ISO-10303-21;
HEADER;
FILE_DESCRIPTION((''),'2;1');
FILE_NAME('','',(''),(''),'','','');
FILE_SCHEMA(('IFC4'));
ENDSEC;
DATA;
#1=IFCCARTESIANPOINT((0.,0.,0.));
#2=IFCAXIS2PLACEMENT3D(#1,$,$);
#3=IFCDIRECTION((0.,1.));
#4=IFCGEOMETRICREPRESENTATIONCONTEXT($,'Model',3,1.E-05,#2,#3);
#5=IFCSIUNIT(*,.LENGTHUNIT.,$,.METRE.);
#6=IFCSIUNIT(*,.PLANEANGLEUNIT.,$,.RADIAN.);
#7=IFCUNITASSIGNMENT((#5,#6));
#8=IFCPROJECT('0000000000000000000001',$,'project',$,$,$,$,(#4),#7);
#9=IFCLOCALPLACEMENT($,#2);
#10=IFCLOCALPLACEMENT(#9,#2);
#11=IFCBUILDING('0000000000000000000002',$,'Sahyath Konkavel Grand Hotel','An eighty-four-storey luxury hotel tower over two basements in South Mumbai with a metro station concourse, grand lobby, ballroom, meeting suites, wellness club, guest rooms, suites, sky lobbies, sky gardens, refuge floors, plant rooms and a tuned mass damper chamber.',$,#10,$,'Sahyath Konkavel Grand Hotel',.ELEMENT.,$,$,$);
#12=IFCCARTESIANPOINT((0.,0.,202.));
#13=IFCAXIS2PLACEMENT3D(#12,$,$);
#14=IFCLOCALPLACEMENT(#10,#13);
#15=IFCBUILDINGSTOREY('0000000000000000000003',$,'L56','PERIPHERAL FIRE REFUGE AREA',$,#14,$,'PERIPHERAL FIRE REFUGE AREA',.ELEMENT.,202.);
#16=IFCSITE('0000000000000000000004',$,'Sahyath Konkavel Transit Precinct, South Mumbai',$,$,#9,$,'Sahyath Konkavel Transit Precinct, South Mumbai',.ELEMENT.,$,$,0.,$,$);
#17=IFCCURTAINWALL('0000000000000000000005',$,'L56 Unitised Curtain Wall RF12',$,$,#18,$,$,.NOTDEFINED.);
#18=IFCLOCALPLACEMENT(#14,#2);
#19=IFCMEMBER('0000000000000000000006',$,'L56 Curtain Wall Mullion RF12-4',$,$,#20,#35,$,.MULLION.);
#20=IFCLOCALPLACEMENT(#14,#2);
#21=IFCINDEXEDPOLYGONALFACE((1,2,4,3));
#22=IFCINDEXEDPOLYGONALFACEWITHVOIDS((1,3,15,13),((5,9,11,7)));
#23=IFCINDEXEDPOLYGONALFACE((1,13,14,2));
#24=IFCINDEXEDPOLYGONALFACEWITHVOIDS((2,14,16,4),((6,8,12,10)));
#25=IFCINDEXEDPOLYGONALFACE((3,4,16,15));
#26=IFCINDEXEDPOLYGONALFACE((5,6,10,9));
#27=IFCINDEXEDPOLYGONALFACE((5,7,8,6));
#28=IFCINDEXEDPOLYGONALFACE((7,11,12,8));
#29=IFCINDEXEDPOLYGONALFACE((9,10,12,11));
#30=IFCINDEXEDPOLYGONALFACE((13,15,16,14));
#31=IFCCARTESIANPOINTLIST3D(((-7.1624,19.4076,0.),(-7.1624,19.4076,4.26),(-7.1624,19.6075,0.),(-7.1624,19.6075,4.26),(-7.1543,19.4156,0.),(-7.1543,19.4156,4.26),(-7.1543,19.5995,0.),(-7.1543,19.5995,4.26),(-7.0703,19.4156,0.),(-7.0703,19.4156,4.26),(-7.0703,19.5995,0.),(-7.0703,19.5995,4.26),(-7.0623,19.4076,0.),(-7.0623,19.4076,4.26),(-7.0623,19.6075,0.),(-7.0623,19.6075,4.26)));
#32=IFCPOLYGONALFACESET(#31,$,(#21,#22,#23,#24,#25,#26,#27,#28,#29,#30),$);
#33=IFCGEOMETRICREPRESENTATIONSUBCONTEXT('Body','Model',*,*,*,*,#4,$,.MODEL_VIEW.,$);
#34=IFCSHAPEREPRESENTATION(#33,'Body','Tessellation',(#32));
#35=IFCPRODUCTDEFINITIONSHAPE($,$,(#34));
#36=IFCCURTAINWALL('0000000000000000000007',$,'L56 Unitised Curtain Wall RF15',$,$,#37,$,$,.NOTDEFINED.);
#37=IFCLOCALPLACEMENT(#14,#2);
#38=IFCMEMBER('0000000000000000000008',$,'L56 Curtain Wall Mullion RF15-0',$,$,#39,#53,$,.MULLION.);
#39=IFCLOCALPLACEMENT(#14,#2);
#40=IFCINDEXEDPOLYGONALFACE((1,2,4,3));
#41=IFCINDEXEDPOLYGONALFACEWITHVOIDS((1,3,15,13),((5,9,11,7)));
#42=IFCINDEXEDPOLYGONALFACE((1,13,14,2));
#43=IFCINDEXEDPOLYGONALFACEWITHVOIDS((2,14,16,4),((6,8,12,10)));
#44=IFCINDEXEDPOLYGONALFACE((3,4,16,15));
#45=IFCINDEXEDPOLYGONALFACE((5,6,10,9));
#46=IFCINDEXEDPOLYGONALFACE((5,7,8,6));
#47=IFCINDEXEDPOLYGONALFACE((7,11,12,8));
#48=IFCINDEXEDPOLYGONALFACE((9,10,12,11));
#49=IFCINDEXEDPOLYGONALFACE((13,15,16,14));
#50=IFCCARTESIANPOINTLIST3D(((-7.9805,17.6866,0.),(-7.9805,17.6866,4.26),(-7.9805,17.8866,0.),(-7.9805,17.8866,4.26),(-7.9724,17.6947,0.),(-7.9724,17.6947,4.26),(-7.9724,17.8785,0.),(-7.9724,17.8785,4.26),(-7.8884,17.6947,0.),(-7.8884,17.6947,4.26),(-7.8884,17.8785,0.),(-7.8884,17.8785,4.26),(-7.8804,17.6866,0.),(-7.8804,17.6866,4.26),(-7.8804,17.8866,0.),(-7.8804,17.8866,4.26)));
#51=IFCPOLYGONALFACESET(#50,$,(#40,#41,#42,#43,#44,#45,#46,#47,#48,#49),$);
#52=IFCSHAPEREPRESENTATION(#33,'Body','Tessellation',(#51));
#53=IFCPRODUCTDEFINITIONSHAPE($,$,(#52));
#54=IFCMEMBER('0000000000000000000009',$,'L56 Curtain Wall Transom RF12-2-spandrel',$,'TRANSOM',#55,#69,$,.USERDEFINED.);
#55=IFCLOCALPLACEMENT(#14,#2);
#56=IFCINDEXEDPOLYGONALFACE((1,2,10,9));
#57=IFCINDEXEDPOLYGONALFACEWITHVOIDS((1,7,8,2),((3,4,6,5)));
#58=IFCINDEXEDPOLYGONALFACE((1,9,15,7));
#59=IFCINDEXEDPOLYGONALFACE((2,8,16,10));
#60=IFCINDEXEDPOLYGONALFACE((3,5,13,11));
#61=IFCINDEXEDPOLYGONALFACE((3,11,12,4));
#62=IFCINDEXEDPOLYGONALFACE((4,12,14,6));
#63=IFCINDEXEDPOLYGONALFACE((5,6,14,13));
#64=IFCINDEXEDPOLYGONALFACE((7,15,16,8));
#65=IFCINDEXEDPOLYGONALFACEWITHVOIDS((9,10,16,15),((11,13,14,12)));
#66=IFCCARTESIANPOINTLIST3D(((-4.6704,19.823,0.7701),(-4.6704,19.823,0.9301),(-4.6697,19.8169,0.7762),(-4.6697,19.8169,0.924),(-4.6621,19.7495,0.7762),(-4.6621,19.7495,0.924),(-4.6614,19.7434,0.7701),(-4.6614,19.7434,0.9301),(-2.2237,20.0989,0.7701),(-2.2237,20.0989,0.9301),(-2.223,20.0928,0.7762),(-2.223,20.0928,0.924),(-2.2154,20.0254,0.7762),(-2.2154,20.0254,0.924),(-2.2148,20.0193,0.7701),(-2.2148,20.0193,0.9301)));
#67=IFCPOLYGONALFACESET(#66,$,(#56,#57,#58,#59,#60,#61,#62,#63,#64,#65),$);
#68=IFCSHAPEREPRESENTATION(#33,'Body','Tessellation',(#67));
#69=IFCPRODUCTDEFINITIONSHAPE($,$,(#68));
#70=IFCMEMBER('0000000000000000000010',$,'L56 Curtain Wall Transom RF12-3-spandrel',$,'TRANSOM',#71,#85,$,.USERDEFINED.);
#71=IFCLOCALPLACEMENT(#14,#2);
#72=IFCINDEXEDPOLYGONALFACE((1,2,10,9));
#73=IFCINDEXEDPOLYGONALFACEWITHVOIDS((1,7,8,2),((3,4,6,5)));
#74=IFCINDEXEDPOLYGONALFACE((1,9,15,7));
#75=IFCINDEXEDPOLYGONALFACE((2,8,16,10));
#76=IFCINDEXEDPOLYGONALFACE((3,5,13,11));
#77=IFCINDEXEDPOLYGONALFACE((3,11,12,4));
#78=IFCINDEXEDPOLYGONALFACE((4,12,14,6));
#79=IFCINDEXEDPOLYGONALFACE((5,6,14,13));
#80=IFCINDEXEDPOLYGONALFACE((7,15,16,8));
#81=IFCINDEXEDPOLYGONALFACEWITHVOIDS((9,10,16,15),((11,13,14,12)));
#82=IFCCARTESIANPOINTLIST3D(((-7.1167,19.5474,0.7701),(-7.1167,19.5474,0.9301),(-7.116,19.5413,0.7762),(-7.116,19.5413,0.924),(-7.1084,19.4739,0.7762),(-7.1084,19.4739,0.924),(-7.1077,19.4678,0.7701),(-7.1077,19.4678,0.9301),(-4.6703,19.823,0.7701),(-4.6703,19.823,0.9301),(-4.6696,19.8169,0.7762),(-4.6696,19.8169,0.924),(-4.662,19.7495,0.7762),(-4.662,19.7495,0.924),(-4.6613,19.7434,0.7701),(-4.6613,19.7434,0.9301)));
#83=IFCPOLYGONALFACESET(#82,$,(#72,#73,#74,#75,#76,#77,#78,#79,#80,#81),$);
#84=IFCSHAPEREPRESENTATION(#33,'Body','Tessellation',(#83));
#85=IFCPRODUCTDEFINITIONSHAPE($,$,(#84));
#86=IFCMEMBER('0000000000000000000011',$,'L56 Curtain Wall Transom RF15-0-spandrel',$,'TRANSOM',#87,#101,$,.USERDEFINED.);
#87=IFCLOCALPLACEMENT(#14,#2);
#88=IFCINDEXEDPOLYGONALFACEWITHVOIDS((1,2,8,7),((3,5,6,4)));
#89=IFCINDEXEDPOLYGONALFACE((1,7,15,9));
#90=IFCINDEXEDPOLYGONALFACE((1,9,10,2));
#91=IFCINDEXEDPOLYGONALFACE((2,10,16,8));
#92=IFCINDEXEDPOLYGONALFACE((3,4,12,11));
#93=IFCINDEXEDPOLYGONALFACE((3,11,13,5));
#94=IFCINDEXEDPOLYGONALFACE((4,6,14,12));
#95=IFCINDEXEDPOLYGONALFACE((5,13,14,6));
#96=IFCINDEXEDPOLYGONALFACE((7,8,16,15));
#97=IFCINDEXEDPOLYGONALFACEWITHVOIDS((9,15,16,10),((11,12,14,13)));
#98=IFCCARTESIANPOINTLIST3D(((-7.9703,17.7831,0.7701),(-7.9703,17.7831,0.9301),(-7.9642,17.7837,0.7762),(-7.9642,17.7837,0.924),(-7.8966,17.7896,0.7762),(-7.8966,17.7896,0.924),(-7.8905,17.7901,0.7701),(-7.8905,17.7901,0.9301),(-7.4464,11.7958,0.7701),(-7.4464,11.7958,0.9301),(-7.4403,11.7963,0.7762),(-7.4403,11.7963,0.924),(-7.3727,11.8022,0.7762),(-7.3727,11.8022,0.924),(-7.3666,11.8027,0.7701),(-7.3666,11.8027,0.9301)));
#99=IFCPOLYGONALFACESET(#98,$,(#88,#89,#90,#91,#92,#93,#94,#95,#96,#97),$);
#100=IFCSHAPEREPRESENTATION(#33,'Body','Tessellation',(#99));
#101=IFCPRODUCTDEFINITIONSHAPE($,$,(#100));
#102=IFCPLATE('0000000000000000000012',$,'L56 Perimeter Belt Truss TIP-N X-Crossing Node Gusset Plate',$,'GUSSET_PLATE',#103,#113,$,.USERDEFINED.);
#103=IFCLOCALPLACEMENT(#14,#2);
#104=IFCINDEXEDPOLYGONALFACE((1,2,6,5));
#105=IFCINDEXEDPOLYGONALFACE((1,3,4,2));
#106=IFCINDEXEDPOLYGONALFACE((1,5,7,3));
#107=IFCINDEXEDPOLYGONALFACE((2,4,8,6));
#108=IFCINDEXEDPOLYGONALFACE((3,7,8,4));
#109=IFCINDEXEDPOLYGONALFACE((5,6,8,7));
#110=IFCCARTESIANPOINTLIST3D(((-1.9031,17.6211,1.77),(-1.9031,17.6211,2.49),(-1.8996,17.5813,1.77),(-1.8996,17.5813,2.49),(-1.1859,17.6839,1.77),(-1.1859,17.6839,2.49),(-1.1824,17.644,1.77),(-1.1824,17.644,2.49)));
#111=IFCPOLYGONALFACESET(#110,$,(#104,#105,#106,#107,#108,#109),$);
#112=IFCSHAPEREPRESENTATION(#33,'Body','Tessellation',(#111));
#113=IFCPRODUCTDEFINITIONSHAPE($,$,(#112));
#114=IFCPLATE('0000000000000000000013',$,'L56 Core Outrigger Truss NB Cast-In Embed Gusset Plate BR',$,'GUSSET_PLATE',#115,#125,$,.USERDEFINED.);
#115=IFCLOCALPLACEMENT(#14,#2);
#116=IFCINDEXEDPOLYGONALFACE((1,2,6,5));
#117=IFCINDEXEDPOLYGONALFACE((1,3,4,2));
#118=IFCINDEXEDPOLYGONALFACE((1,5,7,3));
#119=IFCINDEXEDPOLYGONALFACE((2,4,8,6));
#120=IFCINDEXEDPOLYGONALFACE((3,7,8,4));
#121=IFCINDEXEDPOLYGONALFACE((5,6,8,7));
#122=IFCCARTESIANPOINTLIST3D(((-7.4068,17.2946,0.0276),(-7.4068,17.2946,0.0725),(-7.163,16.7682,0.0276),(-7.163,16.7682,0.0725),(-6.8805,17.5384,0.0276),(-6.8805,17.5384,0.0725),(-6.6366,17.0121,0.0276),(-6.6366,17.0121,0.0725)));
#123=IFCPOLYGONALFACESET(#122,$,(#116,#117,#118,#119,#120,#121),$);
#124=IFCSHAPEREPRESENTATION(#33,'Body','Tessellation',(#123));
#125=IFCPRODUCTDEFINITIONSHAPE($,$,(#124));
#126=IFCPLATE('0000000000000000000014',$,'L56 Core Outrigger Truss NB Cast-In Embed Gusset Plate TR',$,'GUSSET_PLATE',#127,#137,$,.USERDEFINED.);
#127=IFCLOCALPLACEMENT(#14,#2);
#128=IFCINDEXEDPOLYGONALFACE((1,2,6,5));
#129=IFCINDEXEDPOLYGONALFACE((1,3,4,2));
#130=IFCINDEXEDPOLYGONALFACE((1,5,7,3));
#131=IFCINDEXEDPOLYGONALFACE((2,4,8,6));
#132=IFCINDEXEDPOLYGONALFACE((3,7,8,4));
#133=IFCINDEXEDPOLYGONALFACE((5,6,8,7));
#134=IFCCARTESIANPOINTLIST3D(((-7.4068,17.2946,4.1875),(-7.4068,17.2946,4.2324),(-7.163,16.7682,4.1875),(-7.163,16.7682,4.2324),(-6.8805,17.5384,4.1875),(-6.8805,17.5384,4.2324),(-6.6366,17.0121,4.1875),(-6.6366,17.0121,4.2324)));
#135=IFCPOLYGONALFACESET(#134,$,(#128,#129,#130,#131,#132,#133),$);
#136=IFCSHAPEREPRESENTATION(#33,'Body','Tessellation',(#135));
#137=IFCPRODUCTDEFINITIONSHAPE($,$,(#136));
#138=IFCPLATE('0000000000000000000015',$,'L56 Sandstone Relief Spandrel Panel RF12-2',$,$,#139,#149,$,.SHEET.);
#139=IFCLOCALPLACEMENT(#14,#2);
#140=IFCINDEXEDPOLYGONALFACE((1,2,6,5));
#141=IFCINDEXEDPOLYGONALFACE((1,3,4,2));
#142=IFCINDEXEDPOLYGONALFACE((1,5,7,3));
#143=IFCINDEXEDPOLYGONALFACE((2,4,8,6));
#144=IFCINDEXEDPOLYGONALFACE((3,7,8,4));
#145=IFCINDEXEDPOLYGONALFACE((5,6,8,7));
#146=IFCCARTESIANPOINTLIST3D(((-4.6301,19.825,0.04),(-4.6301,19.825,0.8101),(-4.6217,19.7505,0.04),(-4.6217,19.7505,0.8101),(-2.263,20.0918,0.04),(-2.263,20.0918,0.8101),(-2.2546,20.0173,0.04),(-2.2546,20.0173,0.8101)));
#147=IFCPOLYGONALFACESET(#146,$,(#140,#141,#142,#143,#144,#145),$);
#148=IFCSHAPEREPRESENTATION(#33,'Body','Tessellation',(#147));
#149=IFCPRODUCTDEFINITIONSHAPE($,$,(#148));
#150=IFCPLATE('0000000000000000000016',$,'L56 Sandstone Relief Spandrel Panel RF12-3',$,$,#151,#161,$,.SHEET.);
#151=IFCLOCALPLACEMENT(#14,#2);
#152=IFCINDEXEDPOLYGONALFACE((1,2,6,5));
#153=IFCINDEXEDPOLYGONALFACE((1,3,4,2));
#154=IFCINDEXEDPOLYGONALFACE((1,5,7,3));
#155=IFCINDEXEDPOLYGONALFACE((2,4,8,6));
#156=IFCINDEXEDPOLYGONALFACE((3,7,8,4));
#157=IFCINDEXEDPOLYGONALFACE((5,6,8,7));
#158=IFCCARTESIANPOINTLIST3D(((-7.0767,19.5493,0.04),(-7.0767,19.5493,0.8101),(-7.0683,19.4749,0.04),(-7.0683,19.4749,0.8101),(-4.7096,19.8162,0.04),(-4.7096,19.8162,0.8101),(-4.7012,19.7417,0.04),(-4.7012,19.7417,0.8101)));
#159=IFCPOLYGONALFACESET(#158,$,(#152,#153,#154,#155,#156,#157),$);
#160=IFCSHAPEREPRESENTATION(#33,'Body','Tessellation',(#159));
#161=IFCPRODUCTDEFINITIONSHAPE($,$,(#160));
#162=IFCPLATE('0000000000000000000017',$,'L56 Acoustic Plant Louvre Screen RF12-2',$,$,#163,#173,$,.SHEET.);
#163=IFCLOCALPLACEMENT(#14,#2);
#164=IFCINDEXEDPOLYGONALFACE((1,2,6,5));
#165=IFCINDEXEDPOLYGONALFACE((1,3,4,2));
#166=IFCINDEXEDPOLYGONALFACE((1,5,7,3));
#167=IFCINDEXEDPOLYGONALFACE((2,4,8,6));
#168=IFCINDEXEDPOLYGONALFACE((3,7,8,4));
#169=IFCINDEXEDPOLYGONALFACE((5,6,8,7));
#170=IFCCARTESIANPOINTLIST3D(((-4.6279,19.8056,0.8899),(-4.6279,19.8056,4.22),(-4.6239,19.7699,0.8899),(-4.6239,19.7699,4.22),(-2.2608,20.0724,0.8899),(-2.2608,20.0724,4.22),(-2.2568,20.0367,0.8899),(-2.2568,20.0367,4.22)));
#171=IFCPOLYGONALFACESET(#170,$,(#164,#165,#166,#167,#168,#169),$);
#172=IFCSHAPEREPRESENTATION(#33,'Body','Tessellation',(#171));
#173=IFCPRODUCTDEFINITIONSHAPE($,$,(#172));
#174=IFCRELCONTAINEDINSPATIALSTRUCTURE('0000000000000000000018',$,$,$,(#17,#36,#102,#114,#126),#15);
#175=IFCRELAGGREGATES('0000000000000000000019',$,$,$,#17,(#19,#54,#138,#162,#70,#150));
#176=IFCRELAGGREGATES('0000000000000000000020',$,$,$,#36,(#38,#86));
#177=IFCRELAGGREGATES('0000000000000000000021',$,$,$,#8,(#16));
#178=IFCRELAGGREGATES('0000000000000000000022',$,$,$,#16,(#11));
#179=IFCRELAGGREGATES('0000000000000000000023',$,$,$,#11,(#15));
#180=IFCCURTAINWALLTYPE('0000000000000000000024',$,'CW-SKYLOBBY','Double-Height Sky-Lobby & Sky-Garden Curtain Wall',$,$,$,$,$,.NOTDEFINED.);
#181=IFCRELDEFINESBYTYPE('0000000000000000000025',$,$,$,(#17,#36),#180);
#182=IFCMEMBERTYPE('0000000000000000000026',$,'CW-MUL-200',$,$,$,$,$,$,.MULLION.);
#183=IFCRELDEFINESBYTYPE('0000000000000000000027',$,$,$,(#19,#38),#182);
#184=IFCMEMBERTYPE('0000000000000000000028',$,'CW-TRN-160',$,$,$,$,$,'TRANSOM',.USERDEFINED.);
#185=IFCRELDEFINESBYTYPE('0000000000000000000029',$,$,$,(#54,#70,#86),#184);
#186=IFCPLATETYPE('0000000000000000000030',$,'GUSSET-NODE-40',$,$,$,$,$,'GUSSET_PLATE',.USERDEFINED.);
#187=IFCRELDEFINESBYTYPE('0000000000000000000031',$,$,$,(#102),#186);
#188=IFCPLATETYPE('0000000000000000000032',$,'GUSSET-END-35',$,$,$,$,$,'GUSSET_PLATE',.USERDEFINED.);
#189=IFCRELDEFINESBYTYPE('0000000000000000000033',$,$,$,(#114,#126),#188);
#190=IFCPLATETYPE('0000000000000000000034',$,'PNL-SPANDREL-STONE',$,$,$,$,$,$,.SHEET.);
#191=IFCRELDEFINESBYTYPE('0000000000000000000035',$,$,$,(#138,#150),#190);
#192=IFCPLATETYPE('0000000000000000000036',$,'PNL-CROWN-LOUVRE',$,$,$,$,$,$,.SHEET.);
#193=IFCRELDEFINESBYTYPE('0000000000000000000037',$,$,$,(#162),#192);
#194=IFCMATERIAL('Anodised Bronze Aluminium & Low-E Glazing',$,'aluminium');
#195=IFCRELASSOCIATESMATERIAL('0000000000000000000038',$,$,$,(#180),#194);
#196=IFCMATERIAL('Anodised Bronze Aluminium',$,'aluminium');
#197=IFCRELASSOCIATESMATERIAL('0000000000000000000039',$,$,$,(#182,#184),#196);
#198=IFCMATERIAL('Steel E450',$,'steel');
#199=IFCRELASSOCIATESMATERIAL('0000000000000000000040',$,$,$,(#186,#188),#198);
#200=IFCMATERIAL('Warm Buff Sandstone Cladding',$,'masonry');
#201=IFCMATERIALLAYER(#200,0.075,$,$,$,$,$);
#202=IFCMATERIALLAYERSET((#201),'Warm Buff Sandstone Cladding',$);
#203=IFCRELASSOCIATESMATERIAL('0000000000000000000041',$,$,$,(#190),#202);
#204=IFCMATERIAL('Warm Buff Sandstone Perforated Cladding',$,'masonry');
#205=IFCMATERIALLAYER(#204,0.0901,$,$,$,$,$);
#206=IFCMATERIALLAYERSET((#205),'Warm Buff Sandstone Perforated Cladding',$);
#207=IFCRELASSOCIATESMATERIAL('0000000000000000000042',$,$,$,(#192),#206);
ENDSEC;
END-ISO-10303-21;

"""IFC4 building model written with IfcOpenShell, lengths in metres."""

from ifc_helpers import new_model, si_unit, direction, frame, origin, origin_2d, place, context, subcontext, project, spatial, rectangle, hollow_rectangle, extrude, source, transform, mapped, material, layer, layer_set, material_profile, profile_set, type_object, element, aggregate, save


model = new_model("IFC4")

# Units and contexts
model_context = context("Model", 3, precision=1e-05, world=origin(), true_north=direction((0.0, 1.0)))
body_context = subcontext(model_context, "Body", "Model", "MODEL_VIEW")
ifc_project = project(units=[si_unit("LENGTHUNIT", "METRE"), si_unit("PLANEANGLEUNIT", "RADIAN")], contexts=[model_context])

# Site, building, storey
site_placement = place(None, origin())
site = spatial("IfcSite", under=ifc_project, at=site_placement, Name="Sahyath Konkavel Transit Precinct, South Mumbai", LongName="Sahyath Konkavel Transit Precinct, South Mumbai", CompositionType="ELEMENT", RefElevation=0.0)
building_placement = place(site_placement, origin())
building = spatial("IfcBuilding", under=site, at=building_placement, Name="Sahyath Konkavel Grand Hotel", Description="An eighty-four-storey luxury hotel tower over two basements in South Mumbai with a metro station concourse, grand lobby, ballroom, meeting suites, wellness club, guest rooms, suites, sky lobbies, sky gardens, refuge floors, plant rooms and a tuned mass damper chamber.", LongName="Sahyath Konkavel Grand Hotel", CompositionType="ELEMENT")
storey_placement = place(building_placement, frame((0.0, 0.0, 202.0)))
storey = spatial("IfcBuildingStorey", under=building, at=storey_placement, Name="L56", Description="PERIPHERAL FIRE REFUGE AREA", LongName="PERIPHERAL FIRE REFUGE AREA", CompositionType="ELEMENT", Elevation=202.0)

# Shared definitions
ifc_material_1 = material(Name="Steel E450", Category="steel")

# Curtain wall, member
ifc_material_2 = material(Name="Anodised Bronze Aluminium & Low-E Glazing", Category="aluminium")
curtain_wall_type = type_object("IfcCurtainWallType", Name="CW-SKYLOBBY", Description="Double-Height Sky-Lobby & Sky-Garden Curtain Wall", PredefinedType="NOTDEFINED", material=ifc_material_2)
curtain_wall_1_placement = place(storey_placement, origin())
curtain_wall_1 = element("IfcCurtainWall", 1, at=curtain_wall_1_placement, inside=storey, type_object=curtain_wall_type, Name="L56 Unitised Curtain Wall RF12", PredefinedType="NOTDEFINED")
ifc_material_3 = material(Name="Anodised Bronze Aluminium", Category="aluminium")
ifc_material_profile_1 = material_profile(ifc_material_3, hollow_rectangle(XDim=0.1001, YDim=0.2, WallThickness=0.0081, at=origin_2d()), Name="RHS 200x100x8")
ifc_profile_set_1 = profile_set([ifc_material_profile_1], Name="Anodised Bronze Aluminium")
member_type_1 = type_object("IfcMemberType", Name="CW-MUL-200", PredefinedType="MULLION", material=ifc_profile_set_1)
shared_shape_1 = source(origin(), body_context, "Body", "SweptSolid", [
    extrude(hollow_rectangle(XDim=0.1001, YDim=0.2, WallThickness=0.0081, at=origin_2d()), origin(), (0.0, 0.0, 1.0), 4.26),
])
member_1_placement = place(storey_placement, frame((-7.1123, 19.5076, 0.0), z_axis=(0.0, 0.0, 1.0), x_axis=(1.0, 0.0, 0.0)))
member_1 = element("IfcMember", 2, at=member_1_placement, type_object=member_type_1, Name="L56 Curtain Wall Mullion RF12-4", PredefinedType="MULLION", context=body_context, shape_type="MappedRepresentation", body=[
    mapped(shared_shape_1, transform((0.0, 0.0, 0.0), scale=1.0)),
])

# Curtain wall, member
curtain_wall_2_placement = place(storey_placement, origin())
curtain_wall_2 = element("IfcCurtainWall", 3, at=curtain_wall_2_placement, inside=storey, type_object=curtain_wall_type, Name="L56 Unitised Curtain Wall RF15", PredefinedType="NOTDEFINED")
member_2_placement = place(storey_placement, frame((-7.9304, 17.7866, 0.0), z_axis=(0.0, 0.0, 1.0), x_axis=(1.0, 0.0, 0.0)))
member_2 = element("IfcMember", 4, at=member_2_placement, type_object=member_type_1, Name="L56 Curtain Wall Mullion RF15-0", PredefinedType="MULLION", context=body_context, shape_type="MappedRepresentation", body=[
    mapped(shared_shape_1, transform((0.0, 0.0, 0.0), scale=1.0)),
])

# Members
ifc_material_profile_2 = material_profile(ifc_material_3, hollow_rectangle(XDim=0.0801, YDim=0.1599, WallThickness=0.0061, at=origin_2d()), Name="RHS 160x80x6")
ifc_profile_set_2 = profile_set([ifc_material_profile_2], Name="Anodised Bronze Aluminium")
member_type_2 = type_object("IfcMemberType", Name="CW-TRN-160", ElementType="TRANSOM", PredefinedType="USERDEFINED", material=ifc_profile_set_2)
shared_shape_2 = source(origin(), body_context, "Body", "SweptSolid", [
    extrude(hollow_rectangle(XDim=0.0801, YDim=0.1599, WallThickness=0.0061, at=origin_2d()), origin(), (0.0, 0.0, 1.0), 2.4622),
])
member_3_placement = place(storey_placement, frame((-2.2192, 20.0591, 0.8501), z_axis=(-0.993702, -0.112053, 0.0), x_axis=(0.112053, -0.993702, 0.0)))
member_3 = element("IfcMember", 5, at=member_3_placement, type_object=member_type_2, Name="L56 Curtain Wall Transom RF12-2-spandrel", ObjectType="TRANSOM", PredefinedType="USERDEFINED", context=body_context, shape_type="MappedRepresentation", body=[
    mapped(shared_shape_2, transform((0.0, 0.0, 0.0), scale=1.0)),
])
shared_shape_3 = source(origin(), body_context, "Body", "SweptSolid", [
    extrude(hollow_rectangle(XDim=0.0801, YDim=0.1599, WallThickness=0.0061, at=origin_2d()), origin(), (0.0, 0.0, 1.0), 2.4619),
])
member_4_placement = place(storey_placement, frame((-4.6658, 19.7832, 0.8501), z_axis=(-0.993713, -0.111955, 0.0), x_axis=(0.111955, -0.993713, 0.0)))
member_4 = element("IfcMember", 6, at=member_4_placement, type_object=member_type_2, Name="L56 Curtain Wall Transom RF12-3-spandrel", ObjectType="TRANSOM", PredefinedType="USERDEFINED", context=body_context, shape_type="MappedRepresentation", body=[
    mapped(shared_shape_3, transform((0.0, 0.0, 0.0), scale=1.0)),
])
shared_shape_4 = source(origin(), body_context, "Body", "SweptSolid", [
    extrude(hollow_rectangle(XDim=0.0801, YDim=0.1599, WallThickness=0.0061, at=origin_2d()), origin(), (0.0, 0.0, 1.0), 6.0103),
])
member_5_placement = place(storey_placement, frame((-7.9304, 17.7866, 0.8501), z_axis=(0.087173, -0.996193, 0.0), x_axis=(0.996193, 0.087173, 0.0)))
member_5 = element("IfcMember", 7, at=member_5_placement, type_object=member_type_2, Name="L56 Curtain Wall Transom RF15-0-spandrel", ObjectType="TRANSOM", PredefinedType="USERDEFINED", context=body_context, shape_type="MappedRepresentation", body=[
    mapped(shared_shape_4, transform((0.0, 0.0, 0.0), scale=1.0)),
])

# Plates
plate_type_1 = type_object("IfcPlateType", Name="GUSSET-NODE-40", ElementType="GUSSET_PLATE", PredefinedType="USERDEFINED", material=ifc_material_1)
shared_shape_5 = source(origin(), body_context, "Body", "SweptSolid", [
    extrude(rectangle(XDim=0.72, YDim=0.04, at=origin_2d()), origin(), (0.0, 0.0, 1.0), 0.72),
])
plate_1_placement = place(storey_placement, frame((-1.5427, 17.6326, 1.77), z_axis=(0.0, 0.0, 1.0), x_axis=(-0.996195, -0.087156, 0.0)))
element("IfcPlate", 8, at=plate_1_placement, inside=storey, type_object=plate_type_1, Name="L56 Perimeter Belt Truss TIP-N X-Crossing Node Gusset Plate", ObjectType="GUSSET_PLATE", PredefinedType="USERDEFINED", context=body_context, shape_type="MappedRepresentation", body=[
    mapped(shared_shape_5, transform((0.0, 0.0, 0.0), scale=1.0)),
])
plate_type_2 = type_object("IfcPlateType", Name="GUSSET-END-35", ElementType="GUSSET_PLATE", PredefinedType="USERDEFINED", material=ifc_material_1)
shared_shape_6 = source(origin(), body_context, "Body", "SweptSolid", [
    extrude(rectangle(XDim=0.5801, YDim=0.5801, at=origin_2d()), origin(), (0.0, 0.0, 1.0), 0.0449),
])
for number, where, z_axis, x_axis, name in (
    (9, (-7.0217, 17.1533, 0.0276), (0.0, 0.0, 1.0), (-0.420402, 0.907338, 0.0), "L56 Core Outrigger Truss NB Cast-In Embed Gusset Plate BR"),
    (10, (-7.0217, 17.1533, 4.1875), (0.0, 0.0, 1.0), (-0.420402, 0.907338, 0.0), "L56 Core Outrigger Truss NB Cast-In Embed Gusset Plate TR"),
):
    element("IfcPlate", number, at=place(storey_placement, frame(where, z_axis=z_axis, x_axis=x_axis)), inside=storey, type_object=plate_type_2, Name=name, ObjectType="GUSSET_PLATE", PredefinedType="USERDEFINED", context=body_context, shape_type="MappedRepresentation", body=[
        mapped(shared_shape_6, transform((0.0, 0.0, 0.0), scale=1.0)),
    ])

# Plates
ifc_material_4 = material(Name="Warm Buff Sandstone Cladding", Category="masonry")
ifc_layer_1 = layer(ifc_material_4, 0.075)
ifc_layer_set_1 = layer_set([ifc_layer_1], Name="Warm Buff Sandstone Cladding")
plate_type_3 = type_object("IfcPlateType", Name="PNL-SPANDREL-STONE", PredefinedType="SHEET", material=ifc_layer_set_1)
shared_shape_7 = source(origin(), body_context, "Body", "SweptSolid", [
    extrude(rectangle(XDim=2.3821, YDim=0.075, at=origin_2d()), origin(), (0.0, 0.0, 1.0), 0.77),
])
plate_2_placement = place(storey_placement, frame((-3.4424, 19.9211, 0.04), z_axis=(0.0, 0.0, 1.0), x_axis=(-0.993707, -0.112007, 0.0)))
plate_2 = element("IfcPlate", 11, at=plate_2_placement, type_object=plate_type_3, Name="L56 Sandstone Relief Spandrel Panel RF12-2", PredefinedType="SHEET", context=body_context, shape_type="MappedRepresentation", body=[
    mapped(shared_shape_7, transform((0.0, 0.0, 0.0), scale=1.0)),
])
plate_3_placement = place(storey_placement, frame((-5.8889, 19.6455, 0.04), z_axis=(0.0, 0.0, 1.0), x_axis=(-0.993707, -0.112007, 0.0)))
plate_3 = element("IfcPlate", 12, at=plate_3_placement, type_object=plate_type_3, Name="L56 Sandstone Relief Spandrel Panel RF12-3", PredefinedType="SHEET", context=body_context, shape_type="MappedRepresentation", body=[
    mapped(shared_shape_7, transform((0.0, 0.0, 0.0), scale=1.0)),
])
ifc_material_5 = material(Name="Warm Buff Sandstone Perforated Cladding", Category="masonry")
ifc_layer_2 = layer(ifc_material_5, 0.0901)
ifc_layer_set_2 = layer_set([ifc_layer_2], Name="Warm Buff Sandstone Perforated Cladding")
plate_type_4 = type_object("IfcPlateType", Name="PNL-CROWN-LOUVRE", PredefinedType="SHEET", material=ifc_layer_set_2)
shared_shape_8 = source(origin(), body_context, "Body", "SweptSolid", [
    extrude(rectangle(XDim=2.3821, YDim=0.0359, at=origin_2d()), origin(), (0.0, 0.0, 1.0), 3.3301),
])
plate_4_placement = place(storey_placement, frame((-3.4424, 19.9211, 0.8899), z_axis=(0.0, 0.0, 1.0), x_axis=(-0.993707, -0.112007, 0.0)))
plate_4 = element("IfcPlate", 13, at=plate_4_placement, type_object=plate_type_4, Name="L56 Acoustic Plant Louvre Screen RF12-2", PredefinedType="SHEET", context=body_context, shape_type="MappedRepresentation", body=[
    mapped(shared_shape_8, transform((0.0, 0.0, 0.0), scale=1.0)),
])
aggregate(curtain_wall_1, [member_1, member_3, plate_2, plate_4, member_4, plate_3])
aggregate(curtain_wall_2, [member_2, member_5])

save(model, "model.ifc")
